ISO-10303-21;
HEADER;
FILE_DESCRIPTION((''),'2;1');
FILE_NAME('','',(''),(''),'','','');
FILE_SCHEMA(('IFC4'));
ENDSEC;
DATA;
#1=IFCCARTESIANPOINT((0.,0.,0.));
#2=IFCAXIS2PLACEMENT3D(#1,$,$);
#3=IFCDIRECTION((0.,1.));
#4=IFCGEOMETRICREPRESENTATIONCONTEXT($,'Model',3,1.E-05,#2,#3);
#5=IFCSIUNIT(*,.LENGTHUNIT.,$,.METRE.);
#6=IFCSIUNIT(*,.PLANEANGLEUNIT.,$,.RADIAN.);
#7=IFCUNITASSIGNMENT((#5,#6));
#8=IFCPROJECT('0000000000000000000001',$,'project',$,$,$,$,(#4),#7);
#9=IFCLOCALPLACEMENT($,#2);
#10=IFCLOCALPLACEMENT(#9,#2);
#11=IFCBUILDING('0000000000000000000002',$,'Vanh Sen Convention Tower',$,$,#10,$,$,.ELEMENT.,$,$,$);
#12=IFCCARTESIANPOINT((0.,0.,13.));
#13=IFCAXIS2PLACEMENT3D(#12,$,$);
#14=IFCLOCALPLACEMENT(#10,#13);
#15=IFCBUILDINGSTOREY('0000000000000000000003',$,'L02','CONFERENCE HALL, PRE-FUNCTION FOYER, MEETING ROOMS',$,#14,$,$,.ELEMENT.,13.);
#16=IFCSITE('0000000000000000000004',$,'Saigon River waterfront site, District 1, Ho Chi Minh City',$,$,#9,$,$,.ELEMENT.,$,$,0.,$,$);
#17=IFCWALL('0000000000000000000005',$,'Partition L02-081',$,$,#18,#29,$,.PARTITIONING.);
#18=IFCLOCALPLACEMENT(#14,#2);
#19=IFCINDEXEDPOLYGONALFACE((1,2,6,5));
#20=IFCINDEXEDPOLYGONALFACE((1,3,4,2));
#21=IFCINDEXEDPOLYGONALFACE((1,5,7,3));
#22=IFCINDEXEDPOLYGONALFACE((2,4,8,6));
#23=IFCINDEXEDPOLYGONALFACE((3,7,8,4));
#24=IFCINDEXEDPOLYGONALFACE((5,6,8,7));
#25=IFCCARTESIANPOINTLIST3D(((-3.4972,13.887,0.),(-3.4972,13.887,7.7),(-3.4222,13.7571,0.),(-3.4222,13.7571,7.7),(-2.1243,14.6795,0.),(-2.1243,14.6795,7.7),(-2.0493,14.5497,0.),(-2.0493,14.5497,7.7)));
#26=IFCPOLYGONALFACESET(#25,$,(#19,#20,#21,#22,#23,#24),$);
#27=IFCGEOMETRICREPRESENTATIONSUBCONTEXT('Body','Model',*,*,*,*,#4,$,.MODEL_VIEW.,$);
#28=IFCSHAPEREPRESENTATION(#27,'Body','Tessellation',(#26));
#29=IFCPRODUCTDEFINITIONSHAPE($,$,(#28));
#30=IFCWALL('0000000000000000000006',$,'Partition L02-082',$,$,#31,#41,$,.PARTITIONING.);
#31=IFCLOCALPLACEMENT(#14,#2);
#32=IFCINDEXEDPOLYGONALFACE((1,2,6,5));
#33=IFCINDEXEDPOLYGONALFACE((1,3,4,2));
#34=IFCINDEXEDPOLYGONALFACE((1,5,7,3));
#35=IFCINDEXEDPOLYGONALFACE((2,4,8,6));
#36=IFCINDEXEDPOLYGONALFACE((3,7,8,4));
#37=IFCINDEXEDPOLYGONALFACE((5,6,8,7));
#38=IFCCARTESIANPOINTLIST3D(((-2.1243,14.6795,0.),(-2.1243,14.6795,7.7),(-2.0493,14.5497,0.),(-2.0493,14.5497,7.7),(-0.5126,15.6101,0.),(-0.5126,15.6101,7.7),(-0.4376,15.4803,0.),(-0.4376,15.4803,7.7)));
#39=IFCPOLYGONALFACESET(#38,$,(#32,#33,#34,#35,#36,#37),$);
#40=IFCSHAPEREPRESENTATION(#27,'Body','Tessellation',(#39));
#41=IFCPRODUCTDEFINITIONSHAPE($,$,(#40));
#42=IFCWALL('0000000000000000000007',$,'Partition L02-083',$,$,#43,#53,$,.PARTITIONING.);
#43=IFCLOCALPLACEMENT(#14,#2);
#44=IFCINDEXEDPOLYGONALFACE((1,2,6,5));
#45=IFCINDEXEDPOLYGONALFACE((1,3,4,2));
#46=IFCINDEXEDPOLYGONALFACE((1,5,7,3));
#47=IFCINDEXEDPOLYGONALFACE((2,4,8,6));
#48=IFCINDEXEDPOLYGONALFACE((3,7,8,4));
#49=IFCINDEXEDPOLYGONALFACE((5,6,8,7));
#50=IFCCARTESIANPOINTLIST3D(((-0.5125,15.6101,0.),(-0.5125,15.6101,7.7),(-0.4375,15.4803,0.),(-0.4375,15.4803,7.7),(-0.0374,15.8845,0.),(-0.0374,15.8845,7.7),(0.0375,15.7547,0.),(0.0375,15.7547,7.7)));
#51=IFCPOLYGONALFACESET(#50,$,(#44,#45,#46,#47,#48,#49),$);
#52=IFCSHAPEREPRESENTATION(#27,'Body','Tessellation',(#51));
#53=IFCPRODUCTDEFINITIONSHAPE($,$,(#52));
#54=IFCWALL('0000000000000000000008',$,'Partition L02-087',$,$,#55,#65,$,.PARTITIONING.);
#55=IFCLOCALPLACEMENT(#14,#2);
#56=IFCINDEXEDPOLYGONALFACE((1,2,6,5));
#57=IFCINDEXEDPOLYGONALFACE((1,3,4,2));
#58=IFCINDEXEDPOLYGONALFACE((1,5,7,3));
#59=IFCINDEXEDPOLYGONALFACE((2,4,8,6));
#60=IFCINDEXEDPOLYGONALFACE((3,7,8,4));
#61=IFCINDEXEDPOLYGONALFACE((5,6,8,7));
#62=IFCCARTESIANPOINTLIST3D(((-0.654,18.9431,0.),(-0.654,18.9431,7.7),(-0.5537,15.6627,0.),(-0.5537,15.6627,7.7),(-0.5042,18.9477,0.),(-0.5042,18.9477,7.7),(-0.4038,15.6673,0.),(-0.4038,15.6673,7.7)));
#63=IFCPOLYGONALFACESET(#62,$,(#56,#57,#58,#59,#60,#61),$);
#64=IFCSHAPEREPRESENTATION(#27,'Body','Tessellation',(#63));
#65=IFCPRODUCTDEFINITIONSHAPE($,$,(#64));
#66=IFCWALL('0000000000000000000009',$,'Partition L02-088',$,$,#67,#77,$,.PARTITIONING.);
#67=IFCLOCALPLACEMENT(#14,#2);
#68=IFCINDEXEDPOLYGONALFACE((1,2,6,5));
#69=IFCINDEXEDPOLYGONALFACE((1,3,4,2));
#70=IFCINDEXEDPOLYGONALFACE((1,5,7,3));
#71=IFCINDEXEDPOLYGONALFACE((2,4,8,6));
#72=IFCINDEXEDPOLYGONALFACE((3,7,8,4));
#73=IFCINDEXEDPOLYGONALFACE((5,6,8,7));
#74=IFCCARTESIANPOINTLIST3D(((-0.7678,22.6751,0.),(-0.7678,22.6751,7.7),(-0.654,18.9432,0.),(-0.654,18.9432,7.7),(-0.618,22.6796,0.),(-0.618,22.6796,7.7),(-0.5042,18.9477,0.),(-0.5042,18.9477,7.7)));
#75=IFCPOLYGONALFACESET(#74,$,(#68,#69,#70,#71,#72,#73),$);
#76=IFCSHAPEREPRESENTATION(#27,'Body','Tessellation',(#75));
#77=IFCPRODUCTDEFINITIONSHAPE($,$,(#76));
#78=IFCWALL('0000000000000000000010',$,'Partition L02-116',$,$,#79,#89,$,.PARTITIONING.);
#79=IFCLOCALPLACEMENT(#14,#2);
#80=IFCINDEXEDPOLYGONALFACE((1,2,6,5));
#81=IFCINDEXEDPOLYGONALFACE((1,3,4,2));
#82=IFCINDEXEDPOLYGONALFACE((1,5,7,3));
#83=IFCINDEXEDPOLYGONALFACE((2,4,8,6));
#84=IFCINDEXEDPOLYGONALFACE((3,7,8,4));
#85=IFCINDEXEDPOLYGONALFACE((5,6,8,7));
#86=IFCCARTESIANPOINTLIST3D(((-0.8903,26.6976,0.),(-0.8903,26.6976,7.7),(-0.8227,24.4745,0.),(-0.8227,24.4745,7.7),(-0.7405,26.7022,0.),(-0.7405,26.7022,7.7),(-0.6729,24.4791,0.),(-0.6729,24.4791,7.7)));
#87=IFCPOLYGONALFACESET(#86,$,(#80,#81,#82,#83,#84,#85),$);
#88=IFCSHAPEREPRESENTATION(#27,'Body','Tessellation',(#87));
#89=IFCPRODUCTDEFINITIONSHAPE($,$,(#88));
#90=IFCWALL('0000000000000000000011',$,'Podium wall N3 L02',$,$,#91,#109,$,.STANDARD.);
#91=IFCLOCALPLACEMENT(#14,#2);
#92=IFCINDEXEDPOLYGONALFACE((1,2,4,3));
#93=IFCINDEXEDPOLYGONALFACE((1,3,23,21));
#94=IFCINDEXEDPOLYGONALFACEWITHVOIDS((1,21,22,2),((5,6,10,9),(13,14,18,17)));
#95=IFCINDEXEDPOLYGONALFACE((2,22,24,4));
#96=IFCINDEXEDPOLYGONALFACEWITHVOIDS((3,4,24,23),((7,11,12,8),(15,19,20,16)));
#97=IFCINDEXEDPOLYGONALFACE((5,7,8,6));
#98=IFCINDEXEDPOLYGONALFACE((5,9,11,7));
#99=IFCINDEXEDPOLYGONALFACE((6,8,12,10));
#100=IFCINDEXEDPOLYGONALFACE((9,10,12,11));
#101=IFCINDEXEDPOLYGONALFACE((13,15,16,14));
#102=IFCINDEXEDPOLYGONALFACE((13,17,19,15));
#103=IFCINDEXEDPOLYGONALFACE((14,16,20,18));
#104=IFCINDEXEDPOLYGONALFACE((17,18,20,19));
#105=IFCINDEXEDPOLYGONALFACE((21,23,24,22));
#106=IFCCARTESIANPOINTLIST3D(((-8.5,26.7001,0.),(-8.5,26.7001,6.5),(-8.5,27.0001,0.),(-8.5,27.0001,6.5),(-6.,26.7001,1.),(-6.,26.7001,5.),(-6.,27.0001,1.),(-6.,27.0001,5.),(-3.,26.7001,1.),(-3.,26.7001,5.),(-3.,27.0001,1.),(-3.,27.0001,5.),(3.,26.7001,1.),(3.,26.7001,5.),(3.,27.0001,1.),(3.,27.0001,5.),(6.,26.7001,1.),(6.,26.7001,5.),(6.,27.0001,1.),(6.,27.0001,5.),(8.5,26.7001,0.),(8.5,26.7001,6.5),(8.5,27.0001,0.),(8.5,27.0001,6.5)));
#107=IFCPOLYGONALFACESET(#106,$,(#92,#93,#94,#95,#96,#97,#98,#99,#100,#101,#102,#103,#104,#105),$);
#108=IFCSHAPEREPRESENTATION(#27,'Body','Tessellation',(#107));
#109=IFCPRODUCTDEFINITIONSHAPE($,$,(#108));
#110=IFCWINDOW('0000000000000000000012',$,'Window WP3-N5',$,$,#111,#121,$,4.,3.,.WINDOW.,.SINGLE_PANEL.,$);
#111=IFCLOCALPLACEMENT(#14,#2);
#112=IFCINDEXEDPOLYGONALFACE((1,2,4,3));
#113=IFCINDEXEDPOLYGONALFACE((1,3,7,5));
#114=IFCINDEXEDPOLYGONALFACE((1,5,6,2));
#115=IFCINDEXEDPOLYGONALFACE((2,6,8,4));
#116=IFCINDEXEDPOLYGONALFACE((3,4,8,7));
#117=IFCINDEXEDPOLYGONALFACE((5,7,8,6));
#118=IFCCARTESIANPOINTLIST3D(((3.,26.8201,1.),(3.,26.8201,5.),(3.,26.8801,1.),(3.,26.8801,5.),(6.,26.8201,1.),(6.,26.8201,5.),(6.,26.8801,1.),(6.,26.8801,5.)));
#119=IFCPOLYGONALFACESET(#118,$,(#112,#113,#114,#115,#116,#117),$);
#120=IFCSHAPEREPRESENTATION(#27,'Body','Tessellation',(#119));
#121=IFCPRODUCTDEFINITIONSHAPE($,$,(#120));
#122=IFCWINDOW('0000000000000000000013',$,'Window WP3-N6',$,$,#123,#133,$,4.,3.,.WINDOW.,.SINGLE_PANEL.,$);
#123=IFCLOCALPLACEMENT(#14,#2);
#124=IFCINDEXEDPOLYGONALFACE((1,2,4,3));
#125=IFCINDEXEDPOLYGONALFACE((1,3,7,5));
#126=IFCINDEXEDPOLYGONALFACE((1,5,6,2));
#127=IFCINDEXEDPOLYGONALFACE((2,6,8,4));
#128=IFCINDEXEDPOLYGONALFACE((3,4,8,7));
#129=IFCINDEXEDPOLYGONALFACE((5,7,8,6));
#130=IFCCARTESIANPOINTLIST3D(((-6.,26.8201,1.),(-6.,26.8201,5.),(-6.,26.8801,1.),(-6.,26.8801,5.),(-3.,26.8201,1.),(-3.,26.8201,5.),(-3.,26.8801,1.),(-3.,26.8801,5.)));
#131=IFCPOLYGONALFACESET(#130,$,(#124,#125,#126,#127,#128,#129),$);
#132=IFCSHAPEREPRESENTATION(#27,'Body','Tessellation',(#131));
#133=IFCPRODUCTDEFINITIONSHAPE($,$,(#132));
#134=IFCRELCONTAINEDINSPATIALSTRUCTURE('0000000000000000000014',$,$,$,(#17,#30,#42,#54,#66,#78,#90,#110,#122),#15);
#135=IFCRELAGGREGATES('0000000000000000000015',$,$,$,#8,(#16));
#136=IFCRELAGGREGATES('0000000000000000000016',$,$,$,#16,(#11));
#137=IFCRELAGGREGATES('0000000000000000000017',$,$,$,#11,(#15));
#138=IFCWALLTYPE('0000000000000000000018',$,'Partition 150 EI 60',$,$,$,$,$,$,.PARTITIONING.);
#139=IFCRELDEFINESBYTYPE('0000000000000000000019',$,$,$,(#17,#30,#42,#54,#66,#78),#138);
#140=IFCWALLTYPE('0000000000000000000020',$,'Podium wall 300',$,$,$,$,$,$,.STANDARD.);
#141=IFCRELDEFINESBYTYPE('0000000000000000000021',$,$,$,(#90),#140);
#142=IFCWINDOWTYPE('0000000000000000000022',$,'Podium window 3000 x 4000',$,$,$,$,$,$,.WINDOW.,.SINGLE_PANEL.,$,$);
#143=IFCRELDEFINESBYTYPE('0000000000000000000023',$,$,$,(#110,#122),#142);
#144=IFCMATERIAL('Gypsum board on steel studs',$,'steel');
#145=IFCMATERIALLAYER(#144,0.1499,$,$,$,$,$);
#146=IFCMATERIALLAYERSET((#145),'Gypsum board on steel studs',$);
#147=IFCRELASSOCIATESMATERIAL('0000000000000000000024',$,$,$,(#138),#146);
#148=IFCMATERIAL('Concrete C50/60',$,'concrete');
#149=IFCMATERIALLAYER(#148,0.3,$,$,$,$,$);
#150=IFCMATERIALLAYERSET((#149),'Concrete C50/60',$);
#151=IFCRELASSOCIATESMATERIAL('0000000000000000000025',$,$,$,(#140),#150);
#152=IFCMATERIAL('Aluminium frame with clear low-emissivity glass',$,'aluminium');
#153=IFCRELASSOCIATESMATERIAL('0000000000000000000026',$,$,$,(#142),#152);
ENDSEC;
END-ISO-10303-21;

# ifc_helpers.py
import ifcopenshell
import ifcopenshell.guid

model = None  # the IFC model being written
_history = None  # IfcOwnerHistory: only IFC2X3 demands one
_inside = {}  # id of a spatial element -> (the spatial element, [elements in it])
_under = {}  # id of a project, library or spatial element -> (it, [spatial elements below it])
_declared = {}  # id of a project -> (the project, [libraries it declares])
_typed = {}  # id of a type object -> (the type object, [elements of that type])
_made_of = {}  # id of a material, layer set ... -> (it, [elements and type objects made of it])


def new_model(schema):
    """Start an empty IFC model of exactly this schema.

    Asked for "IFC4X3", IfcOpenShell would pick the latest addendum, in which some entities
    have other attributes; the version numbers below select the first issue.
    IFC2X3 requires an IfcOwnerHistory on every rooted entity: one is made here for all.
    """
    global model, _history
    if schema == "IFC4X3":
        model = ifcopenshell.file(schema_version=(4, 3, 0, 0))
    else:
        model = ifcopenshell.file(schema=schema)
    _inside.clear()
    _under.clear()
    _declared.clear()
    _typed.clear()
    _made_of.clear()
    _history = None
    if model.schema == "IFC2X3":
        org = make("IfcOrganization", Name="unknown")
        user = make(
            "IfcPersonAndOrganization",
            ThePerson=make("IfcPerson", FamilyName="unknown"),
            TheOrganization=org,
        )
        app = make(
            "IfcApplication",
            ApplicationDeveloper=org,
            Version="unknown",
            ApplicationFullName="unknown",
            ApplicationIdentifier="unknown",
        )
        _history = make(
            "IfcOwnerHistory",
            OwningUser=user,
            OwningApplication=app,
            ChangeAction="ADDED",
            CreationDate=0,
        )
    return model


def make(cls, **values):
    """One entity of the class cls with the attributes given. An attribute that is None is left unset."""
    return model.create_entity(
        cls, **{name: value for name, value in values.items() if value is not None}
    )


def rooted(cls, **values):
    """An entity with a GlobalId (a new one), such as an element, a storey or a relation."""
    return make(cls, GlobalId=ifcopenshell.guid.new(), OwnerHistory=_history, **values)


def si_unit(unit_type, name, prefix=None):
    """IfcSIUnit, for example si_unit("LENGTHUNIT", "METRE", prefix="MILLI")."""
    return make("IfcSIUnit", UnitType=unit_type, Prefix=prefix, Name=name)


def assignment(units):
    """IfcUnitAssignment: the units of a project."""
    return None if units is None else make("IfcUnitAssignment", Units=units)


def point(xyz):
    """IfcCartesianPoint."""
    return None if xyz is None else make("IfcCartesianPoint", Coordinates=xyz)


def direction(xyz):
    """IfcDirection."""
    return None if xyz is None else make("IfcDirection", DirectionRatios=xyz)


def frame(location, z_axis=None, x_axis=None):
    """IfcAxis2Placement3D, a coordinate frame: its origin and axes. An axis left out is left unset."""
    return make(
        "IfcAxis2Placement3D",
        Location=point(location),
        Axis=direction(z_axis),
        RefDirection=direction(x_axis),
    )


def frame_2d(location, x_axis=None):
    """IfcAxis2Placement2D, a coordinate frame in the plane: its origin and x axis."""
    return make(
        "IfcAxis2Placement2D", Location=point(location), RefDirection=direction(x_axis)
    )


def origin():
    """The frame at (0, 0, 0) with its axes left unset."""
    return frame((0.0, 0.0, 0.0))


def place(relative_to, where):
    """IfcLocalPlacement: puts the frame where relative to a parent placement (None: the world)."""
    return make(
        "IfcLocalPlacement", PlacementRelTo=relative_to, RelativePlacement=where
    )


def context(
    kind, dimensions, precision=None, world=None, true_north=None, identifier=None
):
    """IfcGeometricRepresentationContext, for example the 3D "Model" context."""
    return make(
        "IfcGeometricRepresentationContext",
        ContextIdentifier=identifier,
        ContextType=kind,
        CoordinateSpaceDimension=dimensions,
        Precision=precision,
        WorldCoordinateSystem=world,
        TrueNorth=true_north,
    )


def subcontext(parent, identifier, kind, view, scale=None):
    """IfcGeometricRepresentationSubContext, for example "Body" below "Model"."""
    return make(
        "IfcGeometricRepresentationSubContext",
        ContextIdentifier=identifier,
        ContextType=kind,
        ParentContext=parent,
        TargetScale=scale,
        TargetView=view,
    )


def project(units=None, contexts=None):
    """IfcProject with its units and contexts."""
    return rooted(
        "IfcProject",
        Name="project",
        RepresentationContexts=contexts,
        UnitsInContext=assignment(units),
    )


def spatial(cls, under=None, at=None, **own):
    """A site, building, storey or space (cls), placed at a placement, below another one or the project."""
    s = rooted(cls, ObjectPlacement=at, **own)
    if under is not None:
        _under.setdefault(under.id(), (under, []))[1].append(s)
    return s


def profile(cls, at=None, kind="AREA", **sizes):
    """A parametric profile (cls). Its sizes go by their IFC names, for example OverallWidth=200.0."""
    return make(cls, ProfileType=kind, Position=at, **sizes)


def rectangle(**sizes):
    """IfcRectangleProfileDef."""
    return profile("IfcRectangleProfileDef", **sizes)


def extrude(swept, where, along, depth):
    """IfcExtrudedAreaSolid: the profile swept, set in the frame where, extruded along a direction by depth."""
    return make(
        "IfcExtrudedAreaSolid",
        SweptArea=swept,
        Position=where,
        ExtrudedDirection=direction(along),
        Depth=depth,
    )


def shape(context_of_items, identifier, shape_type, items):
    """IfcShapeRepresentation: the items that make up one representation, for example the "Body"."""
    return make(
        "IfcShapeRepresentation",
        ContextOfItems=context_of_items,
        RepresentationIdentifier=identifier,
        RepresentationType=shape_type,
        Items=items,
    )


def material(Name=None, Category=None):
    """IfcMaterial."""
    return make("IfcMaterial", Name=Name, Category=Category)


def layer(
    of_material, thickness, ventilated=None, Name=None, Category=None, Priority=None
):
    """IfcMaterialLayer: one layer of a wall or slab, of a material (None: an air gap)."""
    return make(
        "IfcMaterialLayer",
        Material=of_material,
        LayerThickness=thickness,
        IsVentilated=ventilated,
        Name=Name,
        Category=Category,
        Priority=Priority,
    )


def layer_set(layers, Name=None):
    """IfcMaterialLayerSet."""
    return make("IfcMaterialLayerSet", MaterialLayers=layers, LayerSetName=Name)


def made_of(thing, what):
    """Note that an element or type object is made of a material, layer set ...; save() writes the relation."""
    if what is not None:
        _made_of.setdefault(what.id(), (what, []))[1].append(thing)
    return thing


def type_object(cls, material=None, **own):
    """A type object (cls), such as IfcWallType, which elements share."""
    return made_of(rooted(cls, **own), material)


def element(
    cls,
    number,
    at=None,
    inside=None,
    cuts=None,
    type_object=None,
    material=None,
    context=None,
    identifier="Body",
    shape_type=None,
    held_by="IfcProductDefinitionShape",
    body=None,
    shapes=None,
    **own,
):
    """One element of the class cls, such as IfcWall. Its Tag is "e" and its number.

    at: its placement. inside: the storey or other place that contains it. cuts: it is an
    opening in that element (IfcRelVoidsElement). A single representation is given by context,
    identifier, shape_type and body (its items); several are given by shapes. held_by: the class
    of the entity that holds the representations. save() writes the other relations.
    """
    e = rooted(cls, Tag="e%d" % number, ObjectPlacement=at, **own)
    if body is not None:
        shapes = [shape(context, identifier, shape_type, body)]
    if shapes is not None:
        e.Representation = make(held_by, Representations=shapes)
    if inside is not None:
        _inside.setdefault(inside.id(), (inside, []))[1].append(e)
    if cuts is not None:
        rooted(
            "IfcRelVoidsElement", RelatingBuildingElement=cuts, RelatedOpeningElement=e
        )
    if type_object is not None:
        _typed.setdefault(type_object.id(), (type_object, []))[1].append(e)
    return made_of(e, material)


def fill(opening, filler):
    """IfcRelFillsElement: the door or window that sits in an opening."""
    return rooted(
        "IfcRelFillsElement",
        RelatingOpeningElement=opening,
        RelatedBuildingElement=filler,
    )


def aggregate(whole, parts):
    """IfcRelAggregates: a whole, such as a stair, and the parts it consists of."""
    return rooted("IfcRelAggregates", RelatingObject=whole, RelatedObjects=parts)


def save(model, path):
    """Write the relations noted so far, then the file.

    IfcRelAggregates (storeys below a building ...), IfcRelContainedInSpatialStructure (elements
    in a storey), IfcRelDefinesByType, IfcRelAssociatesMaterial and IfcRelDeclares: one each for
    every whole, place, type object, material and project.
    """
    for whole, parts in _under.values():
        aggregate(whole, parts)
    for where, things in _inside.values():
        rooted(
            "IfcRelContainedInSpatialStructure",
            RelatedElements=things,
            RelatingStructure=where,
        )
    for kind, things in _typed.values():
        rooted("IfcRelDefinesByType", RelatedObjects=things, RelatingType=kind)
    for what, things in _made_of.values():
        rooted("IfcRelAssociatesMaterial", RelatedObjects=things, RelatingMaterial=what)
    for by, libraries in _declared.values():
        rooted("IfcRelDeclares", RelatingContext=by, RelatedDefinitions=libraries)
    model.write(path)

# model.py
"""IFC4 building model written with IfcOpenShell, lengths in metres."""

from ifc_helpers import new_model, si_unit, direction, frame, frame_2d, origin, place, context, subcontext, project, spatial, rectangle, extrude, material, layer, layer_set, type_object, element, fill, save


model = new_model("IFC4")

# Units and contexts
model_context = context("Model", 3, precision=1e-05, world=origin(), true_north=direction((0.0, 1.0)))
body_context = subcontext(model_context, "Body", "Model", "MODEL_VIEW")
ifc_project = project(units=[si_unit("LENGTHUNIT", "METRE"), si_unit("PLANEANGLEUNIT", "RADIAN")], contexts=[model_context])

# Site, building, storey
site_placement = place(None, origin())
site = spatial("IfcSite", under=ifc_project, at=site_placement, Name="Saigon River waterfront site, District 1, Ho Chi Minh City", CompositionType="ELEMENT", RefElevation=0.0)
building_placement = place(site_placement, origin())
building = spatial("IfcBuilding", under=site, at=building_placement, Name="Vanh Sen Convention Tower", CompositionType="ELEMENT")
storey_placement = place(building_placement, frame((0.0, 0.0, 13.0)))
storey = spatial("IfcBuildingStorey", under=building, at=storey_placement, Name="L02", Description="CONFERENCE HALL, PRE-FUNCTION FOYER, MEETING ROOMS", CompositionType="ELEMENT", Elevation=13.0)

# Shared definitions
ifc_material_1 = material(Name="Gypsum board on steel studs", Category="steel")
ifc_layer_1 = layer(ifc_material_1, 0.1499)
ifc_layer_set_1 = layer_set([ifc_layer_1], Name="Gypsum board on steel studs")
wall_type_1 = type_object("IfcWallType", Name="Partition 150 EI 60", PredefinedType="PARTITIONING", material=ifc_layer_set_1)

# Walls
wall_1_placement = place(storey_placement, frame((-2.0869, 14.6145, 0.0), z_axis=(0.0, 0.0, 1.0), x_axis=(-0.866055, -0.499949, 0.0)))
element("IfcWall", 1, at=wall_1_placement, inside=storey, type_object=wall_type_1, Name="Partition L02-081", PredefinedType="PARTITIONING", context=body_context, shape_type="SweptSolid", body=[
    extrude(rectangle(XDim=1.5852, YDim=0.1499, at=frame_2d((0.7925, 0.0))), origin(), (0.0, 0.0, 1.0), 7.7),
])
wall_2_placement = place(storey_placement, frame((-2.0869, 14.6145, 0.0), z_axis=(0.0, 0.0, 1.0), x_axis=(0.866006, 0.500033, 0.0)))
element("IfcWall", 2, at=wall_2_placement, inside=storey, type_object=wall_type_1, Name="Partition L02-082", PredefinedType="PARTITIONING", context=body_context, shape_type="SweptSolid", body=[
    extrude(rectangle(XDim=1.8611, YDim=0.1499, at=frame_2d((0.9307, 0.0))), origin(), (0.0, 0.0, 1.0), 7.7),
])
wall_3_placement = place(storey_placement, frame((-0.4751, 15.5452, 0.0), z_axis=(0.0, 0.0, 1.0), x_axis=(0.865934, 0.500159, 0.0)))
element("IfcWall", 3, at=wall_3_placement, inside=storey, type_object=wall_type_1, Name="Partition L02-083", PredefinedType="PARTITIONING", context=body_context, shape_type="SweptSolid", body=[
    extrude(rectangle(XDim=0.5486, YDim=0.1499, at=frame_2d((0.2744, 0.0))), origin(), (0.0, 0.0, 1.0), 7.7),
])
wall_4_placement = place(storey_placement, frame((-0.5791, 18.9456, 0.0), z_axis=(0.0, 0.0, 1.0), x_axis=(0.030573, -0.999533, 0.0)))
element("IfcWall", 4, at=wall_4_placement, inside=storey, type_object=wall_type_1, Name="Partition L02-087", PredefinedType="PARTITIONING", context=body_context, shape_type="SweptSolid", body=[
    extrude(rectangle(XDim=3.282, YDim=0.1499, at=frame_2d((1.6411, 0.0))), origin(), (0.0, 0.0, 1.0), 7.7),
])
wall_5_placement = place(storey_placement, frame((-0.5791, 18.9456, 0.0), z_axis=(0.0, 0.0, 1.0), x_axis=(-0.030471, 0.999536, 0.0)))
element("IfcWall", 5, at=wall_5_placement, inside=storey, type_object=wall_type_1, Name="Partition L02-088", PredefinedType="PARTITIONING", context=body_context, shape_type="SweptSolid", body=[
    extrude(rectangle(XDim=3.7336, YDim=0.1499, at=frame_2d((1.8667, 0.0))), origin(), (0.0, 0.0, 1.0), 7.7),
])
wall_6_placement = place(storey_placement, frame((-0.7478, 24.4768, 0.0), z_axis=(0.0, 0.0, 1.0), x_axis=(-0.030405, 0.999538, 0.0)))
element("IfcWall", 6, at=wall_6_placement, inside=storey, type_object=wall_type_1, Name="Partition L02-116", PredefinedType="PARTITIONING", context=body_context, shape_type="SweptSolid", body=[
    extrude(rectangle(XDim=2.2241, YDim=0.1499, at=frame_2d((1.1121, 0.0))), origin(), (0.0, 0.0, 1.0), 7.7),
])

# Wall, openings, windows
ifc_material_2 = material(Name="Concrete C50/60", Category="concrete")
ifc_layer_2 = layer(ifc_material_2, 0.3)
ifc_layer_set_2 = layer_set([ifc_layer_2], Name="Concrete C50/60")
wall_type_2 = type_object("IfcWallType", Name="Podium wall 300", PredefinedType="STANDARD", material=ifc_layer_set_2)
wall_7_placement = place(storey_placement, frame((8.5, 26.8501, 0.0), z_axis=(0.0, 0.0, 1.0), x_axis=(-1.0, 0.0, 0.0)))
wall_7 = element("IfcWall", 7, at=wall_7_placement, inside=storey, type_object=wall_type_2, Name="Podium wall N3 L02", PredefinedType="STANDARD", context=body_context, shape_type="SweptSolid", body=[
    extrude(rectangle(XDim=17.0, YDim=0.3, at=frame_2d((8.5, 0.0))), origin(), (0.0, 0.0, 1.0), 6.5),
])
opening_1_placement = place(wall_7_placement, frame((2.5, 0.0, 1.0)))
opening_1 = element("IfcOpeningElement", 8, at=opening_1_placement, cuts=wall_7, PredefinedType="OPENING", context=body_context, shape_type="SweptSolid", body=[
    extrude(rectangle(XDim=3.0, YDim=4.0, at=frame_2d((1.5, 2.0))), frame((0.0, 0.1599, 0.0), z_axis=(0.0, -1.0, 0.0), x_axis=(1.0, 0.0, 0.0)), (0.0, 0.0, 1.0), 0.3201),
])
opening_2_placement = place(wall_7_placement, frame((11.5, 0.0, 1.0)))
opening_2 = element("IfcOpeningElement", 9, at=opening_2_placement, cuts=wall_7, PredefinedType="OPENING", context=body_context, shape_type="SweptSolid", body=[
    extrude(rectangle(XDim=3.0, YDim=4.0, at=frame_2d((1.5, 2.0))), frame((0.0, 0.1599, 0.0), z_axis=(0.0, -1.0, 0.0), x_axis=(1.0, 0.0, 0.0)), (0.0, 0.0, 1.0), 0.3201),
])
ifc_material_3 = material(Name="Aluminium frame with clear low-emissivity glass", Category="aluminium")
window_type = type_object("IfcWindowType", Name="Podium window 3000 x 4000", PartitioningType="SINGLE_PANEL", PredefinedType="WINDOW", material=ifc_material_3)
window_1_placement = place(opening_1_placement, origin())
window_1 = element("IfcWindow", 10, at=window_1_placement, inside=storey, type_object=window_type, Name="Window WP3-N5", OverallHeight=4.0, OverallWidth=3.0, PartitioningType="SINGLE_PANEL", PredefinedType="WINDOW", context=body_context, shape_type="SweptSolid", body=[
    extrude(rectangle(XDim=3.0, YDim=4.0, at=frame_2d((1.5, 2.0))), frame((0.0, 0.03, 0.0), z_axis=(0.0, -1.0, 0.0), x_axis=(1.0, 0.0, 0.0)), (0.0, 0.0, 1.0), 0.0601),
])
fill(opening_1, window_1)
window_2_placement = place(opening_2_placement, origin())
window_2 = element("IfcWindow", 11, at=window_2_placement, inside=storey, type_object=window_type, Name="Window WP3-N6", OverallHeight=4.0, OverallWidth=3.0, PartitioningType="SINGLE_PANEL", PredefinedType="WINDOW", context=body_context, shape_type="SweptSolid", body=[
    extrude(rectangle(XDim=3.0, YDim=4.0, at=frame_2d((1.5, 2.0))), frame((0.0, 0.03, 0.0), z_axis=(0.0, -1.0, 0.0), x_axis=(1.0, 0.0, 0.0)), (0.0, 0.0, 1.0), 0.0601),
])
fill(opening_2, window_2)

save(model, "model.ifc")
